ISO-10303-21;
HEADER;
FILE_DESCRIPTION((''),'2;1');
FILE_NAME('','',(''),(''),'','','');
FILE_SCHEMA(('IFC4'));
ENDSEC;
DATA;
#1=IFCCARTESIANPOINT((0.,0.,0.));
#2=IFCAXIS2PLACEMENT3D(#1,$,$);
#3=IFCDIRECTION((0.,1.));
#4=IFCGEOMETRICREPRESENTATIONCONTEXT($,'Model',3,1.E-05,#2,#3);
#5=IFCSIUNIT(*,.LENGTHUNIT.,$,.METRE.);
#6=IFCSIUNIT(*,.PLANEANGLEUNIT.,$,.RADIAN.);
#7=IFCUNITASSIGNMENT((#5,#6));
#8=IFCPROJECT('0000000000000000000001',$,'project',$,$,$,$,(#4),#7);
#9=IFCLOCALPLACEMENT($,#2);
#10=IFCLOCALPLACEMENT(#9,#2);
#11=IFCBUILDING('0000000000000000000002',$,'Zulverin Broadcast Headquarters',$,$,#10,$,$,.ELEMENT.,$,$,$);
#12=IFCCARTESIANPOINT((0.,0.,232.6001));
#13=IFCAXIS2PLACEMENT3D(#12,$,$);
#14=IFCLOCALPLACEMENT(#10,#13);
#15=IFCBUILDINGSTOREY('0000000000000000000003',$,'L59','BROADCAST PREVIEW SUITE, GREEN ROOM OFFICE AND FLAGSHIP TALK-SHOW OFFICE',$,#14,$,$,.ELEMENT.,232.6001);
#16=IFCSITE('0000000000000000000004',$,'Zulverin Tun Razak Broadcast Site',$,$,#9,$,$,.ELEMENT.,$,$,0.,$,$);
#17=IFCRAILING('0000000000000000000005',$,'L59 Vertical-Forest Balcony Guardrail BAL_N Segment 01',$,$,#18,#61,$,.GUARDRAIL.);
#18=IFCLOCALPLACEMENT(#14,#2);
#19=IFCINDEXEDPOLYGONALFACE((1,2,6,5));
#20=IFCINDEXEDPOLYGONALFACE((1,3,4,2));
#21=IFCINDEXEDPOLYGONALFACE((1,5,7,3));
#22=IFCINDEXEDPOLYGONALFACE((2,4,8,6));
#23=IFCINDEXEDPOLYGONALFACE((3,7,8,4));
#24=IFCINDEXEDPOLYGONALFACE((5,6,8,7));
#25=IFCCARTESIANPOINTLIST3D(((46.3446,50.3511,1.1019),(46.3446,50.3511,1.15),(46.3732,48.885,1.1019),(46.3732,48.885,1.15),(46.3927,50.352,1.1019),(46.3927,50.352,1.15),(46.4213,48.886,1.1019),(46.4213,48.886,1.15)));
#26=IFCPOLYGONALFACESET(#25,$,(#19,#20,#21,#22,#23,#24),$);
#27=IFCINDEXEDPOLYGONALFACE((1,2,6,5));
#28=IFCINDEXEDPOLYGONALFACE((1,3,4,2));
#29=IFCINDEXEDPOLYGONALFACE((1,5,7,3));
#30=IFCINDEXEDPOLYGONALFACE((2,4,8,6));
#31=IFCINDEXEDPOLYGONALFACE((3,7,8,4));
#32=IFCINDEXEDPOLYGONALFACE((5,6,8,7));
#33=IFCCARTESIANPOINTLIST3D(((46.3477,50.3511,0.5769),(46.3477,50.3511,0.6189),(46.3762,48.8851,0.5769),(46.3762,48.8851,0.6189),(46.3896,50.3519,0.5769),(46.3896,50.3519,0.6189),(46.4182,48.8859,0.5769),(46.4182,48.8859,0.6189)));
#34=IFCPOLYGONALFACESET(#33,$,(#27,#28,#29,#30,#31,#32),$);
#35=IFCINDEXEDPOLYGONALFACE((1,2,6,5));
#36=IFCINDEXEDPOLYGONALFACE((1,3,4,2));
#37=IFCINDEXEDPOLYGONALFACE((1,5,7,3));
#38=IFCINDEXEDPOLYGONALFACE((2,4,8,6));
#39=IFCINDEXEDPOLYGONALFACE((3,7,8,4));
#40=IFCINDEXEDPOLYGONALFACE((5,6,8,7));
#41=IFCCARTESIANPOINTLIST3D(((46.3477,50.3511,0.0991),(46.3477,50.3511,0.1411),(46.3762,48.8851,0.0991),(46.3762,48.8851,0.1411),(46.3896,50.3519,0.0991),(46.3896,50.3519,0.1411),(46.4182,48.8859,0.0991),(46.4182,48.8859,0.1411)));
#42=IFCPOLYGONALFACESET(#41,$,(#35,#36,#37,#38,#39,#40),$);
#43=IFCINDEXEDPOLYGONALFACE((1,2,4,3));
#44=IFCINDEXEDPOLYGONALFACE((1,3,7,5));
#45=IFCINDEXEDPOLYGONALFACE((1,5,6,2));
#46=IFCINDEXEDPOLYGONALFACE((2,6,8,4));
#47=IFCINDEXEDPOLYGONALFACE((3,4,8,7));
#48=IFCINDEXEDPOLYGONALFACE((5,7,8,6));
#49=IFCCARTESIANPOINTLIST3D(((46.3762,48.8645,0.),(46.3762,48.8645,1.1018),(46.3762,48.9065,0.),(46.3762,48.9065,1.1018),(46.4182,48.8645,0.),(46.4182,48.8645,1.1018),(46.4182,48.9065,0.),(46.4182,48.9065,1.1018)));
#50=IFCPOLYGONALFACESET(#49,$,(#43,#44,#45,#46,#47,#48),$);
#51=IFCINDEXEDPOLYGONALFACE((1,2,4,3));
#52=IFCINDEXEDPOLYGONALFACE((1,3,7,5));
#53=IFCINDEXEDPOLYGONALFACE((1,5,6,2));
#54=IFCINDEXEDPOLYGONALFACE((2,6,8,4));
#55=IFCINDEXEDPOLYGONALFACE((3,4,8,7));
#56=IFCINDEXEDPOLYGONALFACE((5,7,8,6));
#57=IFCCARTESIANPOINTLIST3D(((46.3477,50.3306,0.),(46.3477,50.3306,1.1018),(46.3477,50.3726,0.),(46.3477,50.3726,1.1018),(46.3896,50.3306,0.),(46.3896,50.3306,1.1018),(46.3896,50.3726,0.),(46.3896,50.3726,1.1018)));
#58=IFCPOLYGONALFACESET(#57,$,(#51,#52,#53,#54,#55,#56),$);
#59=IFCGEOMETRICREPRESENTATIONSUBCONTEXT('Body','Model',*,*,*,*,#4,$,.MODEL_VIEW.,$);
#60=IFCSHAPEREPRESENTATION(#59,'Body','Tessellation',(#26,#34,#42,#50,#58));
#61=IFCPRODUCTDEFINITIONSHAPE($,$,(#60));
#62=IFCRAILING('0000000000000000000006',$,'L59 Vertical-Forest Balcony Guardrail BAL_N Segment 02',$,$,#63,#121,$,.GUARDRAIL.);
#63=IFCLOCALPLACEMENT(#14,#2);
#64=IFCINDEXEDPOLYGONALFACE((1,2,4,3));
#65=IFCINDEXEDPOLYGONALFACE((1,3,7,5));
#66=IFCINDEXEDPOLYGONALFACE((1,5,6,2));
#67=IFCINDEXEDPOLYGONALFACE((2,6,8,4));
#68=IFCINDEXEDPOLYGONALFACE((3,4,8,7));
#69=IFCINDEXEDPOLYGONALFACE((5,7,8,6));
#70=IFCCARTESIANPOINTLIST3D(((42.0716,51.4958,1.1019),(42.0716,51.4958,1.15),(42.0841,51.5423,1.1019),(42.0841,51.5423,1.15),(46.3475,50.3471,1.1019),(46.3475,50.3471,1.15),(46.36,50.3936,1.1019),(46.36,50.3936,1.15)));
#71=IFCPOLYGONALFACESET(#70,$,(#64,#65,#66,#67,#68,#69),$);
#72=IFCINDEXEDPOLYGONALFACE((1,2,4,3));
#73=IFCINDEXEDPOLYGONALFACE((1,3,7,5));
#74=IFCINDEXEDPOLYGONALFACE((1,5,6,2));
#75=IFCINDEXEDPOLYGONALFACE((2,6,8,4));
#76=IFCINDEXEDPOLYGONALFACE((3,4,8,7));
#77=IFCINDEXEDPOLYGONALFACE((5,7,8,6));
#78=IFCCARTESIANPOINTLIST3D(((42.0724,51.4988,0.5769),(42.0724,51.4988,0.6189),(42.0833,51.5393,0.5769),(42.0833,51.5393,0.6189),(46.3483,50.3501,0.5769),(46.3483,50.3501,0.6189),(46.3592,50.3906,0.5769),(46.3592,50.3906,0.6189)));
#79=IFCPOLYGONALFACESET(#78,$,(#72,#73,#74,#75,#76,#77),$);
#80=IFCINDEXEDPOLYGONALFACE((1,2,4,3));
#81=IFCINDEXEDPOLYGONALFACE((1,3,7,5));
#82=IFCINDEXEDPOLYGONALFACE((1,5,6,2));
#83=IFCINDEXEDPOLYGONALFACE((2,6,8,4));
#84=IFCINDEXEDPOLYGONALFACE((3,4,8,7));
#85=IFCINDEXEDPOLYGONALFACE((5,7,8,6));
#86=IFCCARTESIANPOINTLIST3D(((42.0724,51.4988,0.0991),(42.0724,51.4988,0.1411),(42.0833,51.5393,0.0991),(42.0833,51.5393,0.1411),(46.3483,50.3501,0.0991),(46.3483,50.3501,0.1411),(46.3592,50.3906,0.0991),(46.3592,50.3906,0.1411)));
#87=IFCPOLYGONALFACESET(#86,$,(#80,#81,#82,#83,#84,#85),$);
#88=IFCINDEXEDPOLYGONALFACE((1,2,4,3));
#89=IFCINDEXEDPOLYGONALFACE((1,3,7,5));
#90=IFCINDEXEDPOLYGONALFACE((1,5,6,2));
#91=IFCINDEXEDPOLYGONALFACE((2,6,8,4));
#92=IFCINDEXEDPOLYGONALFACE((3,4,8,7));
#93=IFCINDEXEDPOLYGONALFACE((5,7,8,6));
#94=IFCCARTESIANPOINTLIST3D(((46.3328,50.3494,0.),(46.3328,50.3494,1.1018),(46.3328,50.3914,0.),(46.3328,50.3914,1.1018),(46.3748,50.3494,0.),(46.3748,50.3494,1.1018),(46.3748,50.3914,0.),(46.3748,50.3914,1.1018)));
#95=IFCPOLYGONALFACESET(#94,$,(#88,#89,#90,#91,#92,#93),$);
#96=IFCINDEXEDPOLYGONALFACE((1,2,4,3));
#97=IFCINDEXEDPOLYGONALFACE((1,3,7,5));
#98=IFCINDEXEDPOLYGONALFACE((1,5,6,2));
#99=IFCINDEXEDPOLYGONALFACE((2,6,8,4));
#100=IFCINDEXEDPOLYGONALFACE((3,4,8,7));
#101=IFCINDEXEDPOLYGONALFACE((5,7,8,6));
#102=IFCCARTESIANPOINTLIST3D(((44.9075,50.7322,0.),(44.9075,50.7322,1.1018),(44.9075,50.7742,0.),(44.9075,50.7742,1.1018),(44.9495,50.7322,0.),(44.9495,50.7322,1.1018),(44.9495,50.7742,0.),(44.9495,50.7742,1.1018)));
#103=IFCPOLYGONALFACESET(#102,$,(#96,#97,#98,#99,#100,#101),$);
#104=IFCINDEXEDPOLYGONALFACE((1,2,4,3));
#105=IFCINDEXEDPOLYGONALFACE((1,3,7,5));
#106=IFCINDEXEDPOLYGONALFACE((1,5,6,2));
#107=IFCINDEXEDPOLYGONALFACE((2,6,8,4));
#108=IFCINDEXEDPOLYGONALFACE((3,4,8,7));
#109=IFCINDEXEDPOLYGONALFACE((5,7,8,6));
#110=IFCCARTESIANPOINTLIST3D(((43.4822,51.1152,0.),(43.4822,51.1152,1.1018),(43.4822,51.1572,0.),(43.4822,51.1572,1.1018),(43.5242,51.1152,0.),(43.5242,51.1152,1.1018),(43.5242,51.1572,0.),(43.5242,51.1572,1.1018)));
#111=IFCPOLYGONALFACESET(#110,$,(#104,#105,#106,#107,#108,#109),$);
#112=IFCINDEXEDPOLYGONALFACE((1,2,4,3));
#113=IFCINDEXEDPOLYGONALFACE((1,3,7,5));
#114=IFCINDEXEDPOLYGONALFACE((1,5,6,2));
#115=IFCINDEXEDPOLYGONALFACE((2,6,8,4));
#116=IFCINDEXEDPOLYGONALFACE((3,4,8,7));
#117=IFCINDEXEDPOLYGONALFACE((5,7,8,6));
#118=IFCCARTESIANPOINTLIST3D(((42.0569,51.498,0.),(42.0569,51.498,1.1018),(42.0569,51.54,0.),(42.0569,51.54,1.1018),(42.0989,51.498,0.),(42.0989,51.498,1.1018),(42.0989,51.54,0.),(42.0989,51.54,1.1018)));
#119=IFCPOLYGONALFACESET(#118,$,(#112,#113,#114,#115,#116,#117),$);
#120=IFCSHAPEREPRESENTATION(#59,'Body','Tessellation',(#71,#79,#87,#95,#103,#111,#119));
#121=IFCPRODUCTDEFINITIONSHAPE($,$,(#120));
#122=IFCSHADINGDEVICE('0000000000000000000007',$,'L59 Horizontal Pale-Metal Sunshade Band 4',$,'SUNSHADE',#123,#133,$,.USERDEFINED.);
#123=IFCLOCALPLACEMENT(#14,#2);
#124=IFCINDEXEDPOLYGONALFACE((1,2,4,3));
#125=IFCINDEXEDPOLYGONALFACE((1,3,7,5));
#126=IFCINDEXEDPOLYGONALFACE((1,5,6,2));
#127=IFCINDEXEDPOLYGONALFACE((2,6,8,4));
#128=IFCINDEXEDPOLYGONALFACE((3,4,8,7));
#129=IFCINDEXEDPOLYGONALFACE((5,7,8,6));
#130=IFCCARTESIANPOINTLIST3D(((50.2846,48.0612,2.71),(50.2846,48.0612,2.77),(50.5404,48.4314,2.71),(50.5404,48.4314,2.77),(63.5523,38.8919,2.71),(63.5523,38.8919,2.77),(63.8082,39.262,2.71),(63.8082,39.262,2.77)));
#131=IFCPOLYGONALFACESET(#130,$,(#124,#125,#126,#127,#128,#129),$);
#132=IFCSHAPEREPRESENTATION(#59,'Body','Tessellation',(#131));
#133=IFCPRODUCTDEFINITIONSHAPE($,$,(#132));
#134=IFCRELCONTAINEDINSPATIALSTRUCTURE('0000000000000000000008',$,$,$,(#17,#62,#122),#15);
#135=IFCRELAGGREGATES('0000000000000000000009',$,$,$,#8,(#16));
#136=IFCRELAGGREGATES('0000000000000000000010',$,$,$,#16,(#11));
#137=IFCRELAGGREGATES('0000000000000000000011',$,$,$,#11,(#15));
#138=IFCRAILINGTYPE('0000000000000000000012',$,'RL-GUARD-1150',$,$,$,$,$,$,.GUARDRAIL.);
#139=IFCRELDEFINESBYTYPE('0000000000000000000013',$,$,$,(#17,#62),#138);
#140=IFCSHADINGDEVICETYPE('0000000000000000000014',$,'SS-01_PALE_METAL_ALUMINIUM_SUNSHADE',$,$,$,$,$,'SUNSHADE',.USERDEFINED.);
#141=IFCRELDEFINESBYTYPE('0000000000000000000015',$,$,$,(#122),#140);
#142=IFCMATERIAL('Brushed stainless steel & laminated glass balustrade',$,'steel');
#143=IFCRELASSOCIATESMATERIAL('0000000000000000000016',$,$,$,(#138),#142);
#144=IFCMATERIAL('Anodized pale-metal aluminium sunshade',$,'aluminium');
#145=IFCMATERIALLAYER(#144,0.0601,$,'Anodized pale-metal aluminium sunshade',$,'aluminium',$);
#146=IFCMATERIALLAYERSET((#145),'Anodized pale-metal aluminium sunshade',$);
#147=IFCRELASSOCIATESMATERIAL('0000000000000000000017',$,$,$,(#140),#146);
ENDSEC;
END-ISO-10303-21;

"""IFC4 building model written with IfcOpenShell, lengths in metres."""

from ifc_helpers import new_model, si_unit, direction, frame, origin, origin_2d, place, context, subcontext, project, spatial, rectangle, extrude, material, layer, layer_set, type_object, element, save


model = new_model("IFC4")

# Units and contexts
model_context = context("Model", 3, precision=1e-05, world=origin(), true_north=direction((0.0, 1.0)))
body_context = subcontext(model_context, "Body", "Model", "MODEL_VIEW")
ifc_project = project(units=[si_unit("LENGTHUNIT", "METRE"), si_unit("PLANEANGLEUNIT", "RADIAN")], contexts=[model_context])

# Site, building, storey
site_placement = place(None, origin())
site = spatial("IfcSite", under=ifc_project, at=site_placement, Name="Zulverin Tun Razak Broadcast Site", CompositionType="ELEMENT", RefElevation=0.0)
building_placement = place(site_placement, origin())
building = spatial("IfcBuilding", under=site, at=building_placement, Name="Zulverin Broadcast Headquarters", CompositionType="ELEMENT")
storey_placement = place(building_placement, frame((0.0, 0.0, 232.6001)))
storey = spatial("IfcBuildingStorey", under=building, at=storey_placement, Name="L59", Description="BROADCAST PREVIEW SUITE, GREEN ROOM OFFICE AND FLAGSHIP TALK-SHOW OFFICE", CompositionType="ELEMENT", Elevation=232.6001)

# Railings
ifc_material_1 = material(Name="Brushed stainless steel & laminated glass balustrade", Category="steel")
railing_type = type_object("IfcRailingType", Name="RL-GUARD-1150", PredefinedType="GUARDRAIL", material=ifc_material_1)
railing_1_placement = place(storey_placement, frame((46.3972, 48.8855, 0.0)))
element("IfcRailing", 1, at=railing_1_placement, inside=storey, type_object=railing_type, Name="L59 Vertical-Forest Balcony Guardrail BAL_N Segment 01", PredefinedType="GUARDRAIL", context=body_context, shape_type="SweptSolid", body=[
    extrude(rectangle(XDim=0.0481, YDim=0.0481, at=origin_2d()), frame((0.0, 0.0, 1.126), z_axis=(-0.01948, 0.99981, 0.0), x_axis=(-0.99981, -0.01948, 0.0)), (0.0, 0.0, 1.0), 1.4663),
    extrude(rectangle(XDim=0.042, YDim=0.042, at=origin_2d()), frame((0.0, 0.0, 0.5979), z_axis=(-0.01948, 0.99981, 0.0), x_axis=(-0.99981, -0.01948, 0.0)), (0.0, 0.0, 1.0), 1.4663),
    extrude(rectangle(XDim=0.042, YDim=0.042, at=origin_2d()), frame((0.0, 0.0, 0.1201), z_axis=(-0.01948, 0.99981, 0.0), x_axis=(-0.99981, -0.01948, 0.0)), (0.0, 0.0, 1.0), 1.4663),
    extrude(rectangle(XDim=0.042, YDim=0.042, at=origin_2d()), origin(), (0.0, 0.0, 1.0), 1.1018),
    extrude(rectangle(XDim=0.042, YDim=0.042, at=origin_2d()), frame((-0.0286, 1.4661, 0.0)), (0.0, 0.0, 1.0), 1.1018),
])
railing_2_placement = place(storey_placement, frame((46.3538, 50.3704, 0.0)))
element("IfcRailing", 2, at=railing_2_placement, inside=storey, type_object=railing_type, Name="L59 Vertical-Forest Balcony Guardrail BAL_N Segment 02", PredefinedType="GUARDRAIL", context=body_context, shape_type="SweptSolid", body=[
    extrude(rectangle(XDim=0.0481, YDim=0.0481, at=origin_2d()), frame((0.0, 0.0, 1.126), z_axis=(-0.965758, 0.259443, 0.0), x_axis=(-0.259443, -0.965758, 0.0)), (0.0, 0.0, 1.0), 4.4275),
    extrude(rectangle(XDim=0.042, YDim=0.042, at=origin_2d()), frame((0.0, 0.0, 0.5979), z_axis=(-0.965758, 0.259443, 0.0), x_axis=(-0.259443, -0.965758, 0.0)), (0.0, 0.0, 1.0), 4.4275),
    extrude(rectangle(XDim=0.042, YDim=0.042, at=origin_2d()), frame((0.0, 0.0, 0.1201), z_axis=(-0.965758, 0.259443, 0.0), x_axis=(-0.259443, -0.965758, 0.0)), (0.0, 0.0, 1.0), 4.4275),
    extrude(rectangle(XDim=0.042, YDim=0.042, at=origin_2d()), origin(), (0.0, 0.0, 1.0), 1.1018),
    extrude(rectangle(XDim=0.042, YDim=0.042, at=origin_2d()), frame((-1.4253, 0.3828, 0.0)), (0.0, 0.0, 1.0), 1.1018),
    extrude(rectangle(XDim=0.042, YDim=0.042, at=origin_2d()), frame((-2.8506, 0.7659, 0.0)), (0.0, 0.0, 1.0), 1.1018),
    extrude(rectangle(XDim=0.042, YDim=0.042, at=origin_2d()), frame((-4.2759, 1.1487, 0.0)), (0.0, 0.0, 1.0), 1.1018),
])

# Shading device
ifc_material_2 = material(Name="Anodized pale-metal aluminium sunshade", Category="aluminium")
ifc_layer_1 = layer(ifc_material_2, 0.0601, Name="Anodized pale-metal aluminium sunshade", Category="aluminium")
ifc_layer_set_1 = layer_set([ifc_layer_1], Name="Anodized pale-metal aluminium sunshade")
shading_device_type = type_object("IfcShadingDeviceType", Name="SS-01_PALE_METAL_ALUMINIUM_SUNSHADE", ElementType="SUNSHADE", PredefinedType="USERDEFINED", material=ifc_layer_set_1)
shading_device_placement = place(storey_placement, frame((57.0464, 43.6616, 2.71), z_axis=(0.0, 0.0, 1.0), x_axis=(-0.822655, 0.56854, 0.0)))
element("IfcShadingDevice", 3, at=shading_device_placement, inside=storey, type_object=shading_device_type, Name="L59 Horizontal Pale-Metal Sunshade Band 4", ObjectType="SUNSHADE", PredefinedType="USERDEFINED", context=body_context, shape_type="SweptSolid", body=[
    extrude(rectangle(XDim=16.1279, YDim=0.45, at=origin_2d()), origin(), (0.0, 0.0, 1.0), 0.0601),
])

save(model, "model.ifc")
